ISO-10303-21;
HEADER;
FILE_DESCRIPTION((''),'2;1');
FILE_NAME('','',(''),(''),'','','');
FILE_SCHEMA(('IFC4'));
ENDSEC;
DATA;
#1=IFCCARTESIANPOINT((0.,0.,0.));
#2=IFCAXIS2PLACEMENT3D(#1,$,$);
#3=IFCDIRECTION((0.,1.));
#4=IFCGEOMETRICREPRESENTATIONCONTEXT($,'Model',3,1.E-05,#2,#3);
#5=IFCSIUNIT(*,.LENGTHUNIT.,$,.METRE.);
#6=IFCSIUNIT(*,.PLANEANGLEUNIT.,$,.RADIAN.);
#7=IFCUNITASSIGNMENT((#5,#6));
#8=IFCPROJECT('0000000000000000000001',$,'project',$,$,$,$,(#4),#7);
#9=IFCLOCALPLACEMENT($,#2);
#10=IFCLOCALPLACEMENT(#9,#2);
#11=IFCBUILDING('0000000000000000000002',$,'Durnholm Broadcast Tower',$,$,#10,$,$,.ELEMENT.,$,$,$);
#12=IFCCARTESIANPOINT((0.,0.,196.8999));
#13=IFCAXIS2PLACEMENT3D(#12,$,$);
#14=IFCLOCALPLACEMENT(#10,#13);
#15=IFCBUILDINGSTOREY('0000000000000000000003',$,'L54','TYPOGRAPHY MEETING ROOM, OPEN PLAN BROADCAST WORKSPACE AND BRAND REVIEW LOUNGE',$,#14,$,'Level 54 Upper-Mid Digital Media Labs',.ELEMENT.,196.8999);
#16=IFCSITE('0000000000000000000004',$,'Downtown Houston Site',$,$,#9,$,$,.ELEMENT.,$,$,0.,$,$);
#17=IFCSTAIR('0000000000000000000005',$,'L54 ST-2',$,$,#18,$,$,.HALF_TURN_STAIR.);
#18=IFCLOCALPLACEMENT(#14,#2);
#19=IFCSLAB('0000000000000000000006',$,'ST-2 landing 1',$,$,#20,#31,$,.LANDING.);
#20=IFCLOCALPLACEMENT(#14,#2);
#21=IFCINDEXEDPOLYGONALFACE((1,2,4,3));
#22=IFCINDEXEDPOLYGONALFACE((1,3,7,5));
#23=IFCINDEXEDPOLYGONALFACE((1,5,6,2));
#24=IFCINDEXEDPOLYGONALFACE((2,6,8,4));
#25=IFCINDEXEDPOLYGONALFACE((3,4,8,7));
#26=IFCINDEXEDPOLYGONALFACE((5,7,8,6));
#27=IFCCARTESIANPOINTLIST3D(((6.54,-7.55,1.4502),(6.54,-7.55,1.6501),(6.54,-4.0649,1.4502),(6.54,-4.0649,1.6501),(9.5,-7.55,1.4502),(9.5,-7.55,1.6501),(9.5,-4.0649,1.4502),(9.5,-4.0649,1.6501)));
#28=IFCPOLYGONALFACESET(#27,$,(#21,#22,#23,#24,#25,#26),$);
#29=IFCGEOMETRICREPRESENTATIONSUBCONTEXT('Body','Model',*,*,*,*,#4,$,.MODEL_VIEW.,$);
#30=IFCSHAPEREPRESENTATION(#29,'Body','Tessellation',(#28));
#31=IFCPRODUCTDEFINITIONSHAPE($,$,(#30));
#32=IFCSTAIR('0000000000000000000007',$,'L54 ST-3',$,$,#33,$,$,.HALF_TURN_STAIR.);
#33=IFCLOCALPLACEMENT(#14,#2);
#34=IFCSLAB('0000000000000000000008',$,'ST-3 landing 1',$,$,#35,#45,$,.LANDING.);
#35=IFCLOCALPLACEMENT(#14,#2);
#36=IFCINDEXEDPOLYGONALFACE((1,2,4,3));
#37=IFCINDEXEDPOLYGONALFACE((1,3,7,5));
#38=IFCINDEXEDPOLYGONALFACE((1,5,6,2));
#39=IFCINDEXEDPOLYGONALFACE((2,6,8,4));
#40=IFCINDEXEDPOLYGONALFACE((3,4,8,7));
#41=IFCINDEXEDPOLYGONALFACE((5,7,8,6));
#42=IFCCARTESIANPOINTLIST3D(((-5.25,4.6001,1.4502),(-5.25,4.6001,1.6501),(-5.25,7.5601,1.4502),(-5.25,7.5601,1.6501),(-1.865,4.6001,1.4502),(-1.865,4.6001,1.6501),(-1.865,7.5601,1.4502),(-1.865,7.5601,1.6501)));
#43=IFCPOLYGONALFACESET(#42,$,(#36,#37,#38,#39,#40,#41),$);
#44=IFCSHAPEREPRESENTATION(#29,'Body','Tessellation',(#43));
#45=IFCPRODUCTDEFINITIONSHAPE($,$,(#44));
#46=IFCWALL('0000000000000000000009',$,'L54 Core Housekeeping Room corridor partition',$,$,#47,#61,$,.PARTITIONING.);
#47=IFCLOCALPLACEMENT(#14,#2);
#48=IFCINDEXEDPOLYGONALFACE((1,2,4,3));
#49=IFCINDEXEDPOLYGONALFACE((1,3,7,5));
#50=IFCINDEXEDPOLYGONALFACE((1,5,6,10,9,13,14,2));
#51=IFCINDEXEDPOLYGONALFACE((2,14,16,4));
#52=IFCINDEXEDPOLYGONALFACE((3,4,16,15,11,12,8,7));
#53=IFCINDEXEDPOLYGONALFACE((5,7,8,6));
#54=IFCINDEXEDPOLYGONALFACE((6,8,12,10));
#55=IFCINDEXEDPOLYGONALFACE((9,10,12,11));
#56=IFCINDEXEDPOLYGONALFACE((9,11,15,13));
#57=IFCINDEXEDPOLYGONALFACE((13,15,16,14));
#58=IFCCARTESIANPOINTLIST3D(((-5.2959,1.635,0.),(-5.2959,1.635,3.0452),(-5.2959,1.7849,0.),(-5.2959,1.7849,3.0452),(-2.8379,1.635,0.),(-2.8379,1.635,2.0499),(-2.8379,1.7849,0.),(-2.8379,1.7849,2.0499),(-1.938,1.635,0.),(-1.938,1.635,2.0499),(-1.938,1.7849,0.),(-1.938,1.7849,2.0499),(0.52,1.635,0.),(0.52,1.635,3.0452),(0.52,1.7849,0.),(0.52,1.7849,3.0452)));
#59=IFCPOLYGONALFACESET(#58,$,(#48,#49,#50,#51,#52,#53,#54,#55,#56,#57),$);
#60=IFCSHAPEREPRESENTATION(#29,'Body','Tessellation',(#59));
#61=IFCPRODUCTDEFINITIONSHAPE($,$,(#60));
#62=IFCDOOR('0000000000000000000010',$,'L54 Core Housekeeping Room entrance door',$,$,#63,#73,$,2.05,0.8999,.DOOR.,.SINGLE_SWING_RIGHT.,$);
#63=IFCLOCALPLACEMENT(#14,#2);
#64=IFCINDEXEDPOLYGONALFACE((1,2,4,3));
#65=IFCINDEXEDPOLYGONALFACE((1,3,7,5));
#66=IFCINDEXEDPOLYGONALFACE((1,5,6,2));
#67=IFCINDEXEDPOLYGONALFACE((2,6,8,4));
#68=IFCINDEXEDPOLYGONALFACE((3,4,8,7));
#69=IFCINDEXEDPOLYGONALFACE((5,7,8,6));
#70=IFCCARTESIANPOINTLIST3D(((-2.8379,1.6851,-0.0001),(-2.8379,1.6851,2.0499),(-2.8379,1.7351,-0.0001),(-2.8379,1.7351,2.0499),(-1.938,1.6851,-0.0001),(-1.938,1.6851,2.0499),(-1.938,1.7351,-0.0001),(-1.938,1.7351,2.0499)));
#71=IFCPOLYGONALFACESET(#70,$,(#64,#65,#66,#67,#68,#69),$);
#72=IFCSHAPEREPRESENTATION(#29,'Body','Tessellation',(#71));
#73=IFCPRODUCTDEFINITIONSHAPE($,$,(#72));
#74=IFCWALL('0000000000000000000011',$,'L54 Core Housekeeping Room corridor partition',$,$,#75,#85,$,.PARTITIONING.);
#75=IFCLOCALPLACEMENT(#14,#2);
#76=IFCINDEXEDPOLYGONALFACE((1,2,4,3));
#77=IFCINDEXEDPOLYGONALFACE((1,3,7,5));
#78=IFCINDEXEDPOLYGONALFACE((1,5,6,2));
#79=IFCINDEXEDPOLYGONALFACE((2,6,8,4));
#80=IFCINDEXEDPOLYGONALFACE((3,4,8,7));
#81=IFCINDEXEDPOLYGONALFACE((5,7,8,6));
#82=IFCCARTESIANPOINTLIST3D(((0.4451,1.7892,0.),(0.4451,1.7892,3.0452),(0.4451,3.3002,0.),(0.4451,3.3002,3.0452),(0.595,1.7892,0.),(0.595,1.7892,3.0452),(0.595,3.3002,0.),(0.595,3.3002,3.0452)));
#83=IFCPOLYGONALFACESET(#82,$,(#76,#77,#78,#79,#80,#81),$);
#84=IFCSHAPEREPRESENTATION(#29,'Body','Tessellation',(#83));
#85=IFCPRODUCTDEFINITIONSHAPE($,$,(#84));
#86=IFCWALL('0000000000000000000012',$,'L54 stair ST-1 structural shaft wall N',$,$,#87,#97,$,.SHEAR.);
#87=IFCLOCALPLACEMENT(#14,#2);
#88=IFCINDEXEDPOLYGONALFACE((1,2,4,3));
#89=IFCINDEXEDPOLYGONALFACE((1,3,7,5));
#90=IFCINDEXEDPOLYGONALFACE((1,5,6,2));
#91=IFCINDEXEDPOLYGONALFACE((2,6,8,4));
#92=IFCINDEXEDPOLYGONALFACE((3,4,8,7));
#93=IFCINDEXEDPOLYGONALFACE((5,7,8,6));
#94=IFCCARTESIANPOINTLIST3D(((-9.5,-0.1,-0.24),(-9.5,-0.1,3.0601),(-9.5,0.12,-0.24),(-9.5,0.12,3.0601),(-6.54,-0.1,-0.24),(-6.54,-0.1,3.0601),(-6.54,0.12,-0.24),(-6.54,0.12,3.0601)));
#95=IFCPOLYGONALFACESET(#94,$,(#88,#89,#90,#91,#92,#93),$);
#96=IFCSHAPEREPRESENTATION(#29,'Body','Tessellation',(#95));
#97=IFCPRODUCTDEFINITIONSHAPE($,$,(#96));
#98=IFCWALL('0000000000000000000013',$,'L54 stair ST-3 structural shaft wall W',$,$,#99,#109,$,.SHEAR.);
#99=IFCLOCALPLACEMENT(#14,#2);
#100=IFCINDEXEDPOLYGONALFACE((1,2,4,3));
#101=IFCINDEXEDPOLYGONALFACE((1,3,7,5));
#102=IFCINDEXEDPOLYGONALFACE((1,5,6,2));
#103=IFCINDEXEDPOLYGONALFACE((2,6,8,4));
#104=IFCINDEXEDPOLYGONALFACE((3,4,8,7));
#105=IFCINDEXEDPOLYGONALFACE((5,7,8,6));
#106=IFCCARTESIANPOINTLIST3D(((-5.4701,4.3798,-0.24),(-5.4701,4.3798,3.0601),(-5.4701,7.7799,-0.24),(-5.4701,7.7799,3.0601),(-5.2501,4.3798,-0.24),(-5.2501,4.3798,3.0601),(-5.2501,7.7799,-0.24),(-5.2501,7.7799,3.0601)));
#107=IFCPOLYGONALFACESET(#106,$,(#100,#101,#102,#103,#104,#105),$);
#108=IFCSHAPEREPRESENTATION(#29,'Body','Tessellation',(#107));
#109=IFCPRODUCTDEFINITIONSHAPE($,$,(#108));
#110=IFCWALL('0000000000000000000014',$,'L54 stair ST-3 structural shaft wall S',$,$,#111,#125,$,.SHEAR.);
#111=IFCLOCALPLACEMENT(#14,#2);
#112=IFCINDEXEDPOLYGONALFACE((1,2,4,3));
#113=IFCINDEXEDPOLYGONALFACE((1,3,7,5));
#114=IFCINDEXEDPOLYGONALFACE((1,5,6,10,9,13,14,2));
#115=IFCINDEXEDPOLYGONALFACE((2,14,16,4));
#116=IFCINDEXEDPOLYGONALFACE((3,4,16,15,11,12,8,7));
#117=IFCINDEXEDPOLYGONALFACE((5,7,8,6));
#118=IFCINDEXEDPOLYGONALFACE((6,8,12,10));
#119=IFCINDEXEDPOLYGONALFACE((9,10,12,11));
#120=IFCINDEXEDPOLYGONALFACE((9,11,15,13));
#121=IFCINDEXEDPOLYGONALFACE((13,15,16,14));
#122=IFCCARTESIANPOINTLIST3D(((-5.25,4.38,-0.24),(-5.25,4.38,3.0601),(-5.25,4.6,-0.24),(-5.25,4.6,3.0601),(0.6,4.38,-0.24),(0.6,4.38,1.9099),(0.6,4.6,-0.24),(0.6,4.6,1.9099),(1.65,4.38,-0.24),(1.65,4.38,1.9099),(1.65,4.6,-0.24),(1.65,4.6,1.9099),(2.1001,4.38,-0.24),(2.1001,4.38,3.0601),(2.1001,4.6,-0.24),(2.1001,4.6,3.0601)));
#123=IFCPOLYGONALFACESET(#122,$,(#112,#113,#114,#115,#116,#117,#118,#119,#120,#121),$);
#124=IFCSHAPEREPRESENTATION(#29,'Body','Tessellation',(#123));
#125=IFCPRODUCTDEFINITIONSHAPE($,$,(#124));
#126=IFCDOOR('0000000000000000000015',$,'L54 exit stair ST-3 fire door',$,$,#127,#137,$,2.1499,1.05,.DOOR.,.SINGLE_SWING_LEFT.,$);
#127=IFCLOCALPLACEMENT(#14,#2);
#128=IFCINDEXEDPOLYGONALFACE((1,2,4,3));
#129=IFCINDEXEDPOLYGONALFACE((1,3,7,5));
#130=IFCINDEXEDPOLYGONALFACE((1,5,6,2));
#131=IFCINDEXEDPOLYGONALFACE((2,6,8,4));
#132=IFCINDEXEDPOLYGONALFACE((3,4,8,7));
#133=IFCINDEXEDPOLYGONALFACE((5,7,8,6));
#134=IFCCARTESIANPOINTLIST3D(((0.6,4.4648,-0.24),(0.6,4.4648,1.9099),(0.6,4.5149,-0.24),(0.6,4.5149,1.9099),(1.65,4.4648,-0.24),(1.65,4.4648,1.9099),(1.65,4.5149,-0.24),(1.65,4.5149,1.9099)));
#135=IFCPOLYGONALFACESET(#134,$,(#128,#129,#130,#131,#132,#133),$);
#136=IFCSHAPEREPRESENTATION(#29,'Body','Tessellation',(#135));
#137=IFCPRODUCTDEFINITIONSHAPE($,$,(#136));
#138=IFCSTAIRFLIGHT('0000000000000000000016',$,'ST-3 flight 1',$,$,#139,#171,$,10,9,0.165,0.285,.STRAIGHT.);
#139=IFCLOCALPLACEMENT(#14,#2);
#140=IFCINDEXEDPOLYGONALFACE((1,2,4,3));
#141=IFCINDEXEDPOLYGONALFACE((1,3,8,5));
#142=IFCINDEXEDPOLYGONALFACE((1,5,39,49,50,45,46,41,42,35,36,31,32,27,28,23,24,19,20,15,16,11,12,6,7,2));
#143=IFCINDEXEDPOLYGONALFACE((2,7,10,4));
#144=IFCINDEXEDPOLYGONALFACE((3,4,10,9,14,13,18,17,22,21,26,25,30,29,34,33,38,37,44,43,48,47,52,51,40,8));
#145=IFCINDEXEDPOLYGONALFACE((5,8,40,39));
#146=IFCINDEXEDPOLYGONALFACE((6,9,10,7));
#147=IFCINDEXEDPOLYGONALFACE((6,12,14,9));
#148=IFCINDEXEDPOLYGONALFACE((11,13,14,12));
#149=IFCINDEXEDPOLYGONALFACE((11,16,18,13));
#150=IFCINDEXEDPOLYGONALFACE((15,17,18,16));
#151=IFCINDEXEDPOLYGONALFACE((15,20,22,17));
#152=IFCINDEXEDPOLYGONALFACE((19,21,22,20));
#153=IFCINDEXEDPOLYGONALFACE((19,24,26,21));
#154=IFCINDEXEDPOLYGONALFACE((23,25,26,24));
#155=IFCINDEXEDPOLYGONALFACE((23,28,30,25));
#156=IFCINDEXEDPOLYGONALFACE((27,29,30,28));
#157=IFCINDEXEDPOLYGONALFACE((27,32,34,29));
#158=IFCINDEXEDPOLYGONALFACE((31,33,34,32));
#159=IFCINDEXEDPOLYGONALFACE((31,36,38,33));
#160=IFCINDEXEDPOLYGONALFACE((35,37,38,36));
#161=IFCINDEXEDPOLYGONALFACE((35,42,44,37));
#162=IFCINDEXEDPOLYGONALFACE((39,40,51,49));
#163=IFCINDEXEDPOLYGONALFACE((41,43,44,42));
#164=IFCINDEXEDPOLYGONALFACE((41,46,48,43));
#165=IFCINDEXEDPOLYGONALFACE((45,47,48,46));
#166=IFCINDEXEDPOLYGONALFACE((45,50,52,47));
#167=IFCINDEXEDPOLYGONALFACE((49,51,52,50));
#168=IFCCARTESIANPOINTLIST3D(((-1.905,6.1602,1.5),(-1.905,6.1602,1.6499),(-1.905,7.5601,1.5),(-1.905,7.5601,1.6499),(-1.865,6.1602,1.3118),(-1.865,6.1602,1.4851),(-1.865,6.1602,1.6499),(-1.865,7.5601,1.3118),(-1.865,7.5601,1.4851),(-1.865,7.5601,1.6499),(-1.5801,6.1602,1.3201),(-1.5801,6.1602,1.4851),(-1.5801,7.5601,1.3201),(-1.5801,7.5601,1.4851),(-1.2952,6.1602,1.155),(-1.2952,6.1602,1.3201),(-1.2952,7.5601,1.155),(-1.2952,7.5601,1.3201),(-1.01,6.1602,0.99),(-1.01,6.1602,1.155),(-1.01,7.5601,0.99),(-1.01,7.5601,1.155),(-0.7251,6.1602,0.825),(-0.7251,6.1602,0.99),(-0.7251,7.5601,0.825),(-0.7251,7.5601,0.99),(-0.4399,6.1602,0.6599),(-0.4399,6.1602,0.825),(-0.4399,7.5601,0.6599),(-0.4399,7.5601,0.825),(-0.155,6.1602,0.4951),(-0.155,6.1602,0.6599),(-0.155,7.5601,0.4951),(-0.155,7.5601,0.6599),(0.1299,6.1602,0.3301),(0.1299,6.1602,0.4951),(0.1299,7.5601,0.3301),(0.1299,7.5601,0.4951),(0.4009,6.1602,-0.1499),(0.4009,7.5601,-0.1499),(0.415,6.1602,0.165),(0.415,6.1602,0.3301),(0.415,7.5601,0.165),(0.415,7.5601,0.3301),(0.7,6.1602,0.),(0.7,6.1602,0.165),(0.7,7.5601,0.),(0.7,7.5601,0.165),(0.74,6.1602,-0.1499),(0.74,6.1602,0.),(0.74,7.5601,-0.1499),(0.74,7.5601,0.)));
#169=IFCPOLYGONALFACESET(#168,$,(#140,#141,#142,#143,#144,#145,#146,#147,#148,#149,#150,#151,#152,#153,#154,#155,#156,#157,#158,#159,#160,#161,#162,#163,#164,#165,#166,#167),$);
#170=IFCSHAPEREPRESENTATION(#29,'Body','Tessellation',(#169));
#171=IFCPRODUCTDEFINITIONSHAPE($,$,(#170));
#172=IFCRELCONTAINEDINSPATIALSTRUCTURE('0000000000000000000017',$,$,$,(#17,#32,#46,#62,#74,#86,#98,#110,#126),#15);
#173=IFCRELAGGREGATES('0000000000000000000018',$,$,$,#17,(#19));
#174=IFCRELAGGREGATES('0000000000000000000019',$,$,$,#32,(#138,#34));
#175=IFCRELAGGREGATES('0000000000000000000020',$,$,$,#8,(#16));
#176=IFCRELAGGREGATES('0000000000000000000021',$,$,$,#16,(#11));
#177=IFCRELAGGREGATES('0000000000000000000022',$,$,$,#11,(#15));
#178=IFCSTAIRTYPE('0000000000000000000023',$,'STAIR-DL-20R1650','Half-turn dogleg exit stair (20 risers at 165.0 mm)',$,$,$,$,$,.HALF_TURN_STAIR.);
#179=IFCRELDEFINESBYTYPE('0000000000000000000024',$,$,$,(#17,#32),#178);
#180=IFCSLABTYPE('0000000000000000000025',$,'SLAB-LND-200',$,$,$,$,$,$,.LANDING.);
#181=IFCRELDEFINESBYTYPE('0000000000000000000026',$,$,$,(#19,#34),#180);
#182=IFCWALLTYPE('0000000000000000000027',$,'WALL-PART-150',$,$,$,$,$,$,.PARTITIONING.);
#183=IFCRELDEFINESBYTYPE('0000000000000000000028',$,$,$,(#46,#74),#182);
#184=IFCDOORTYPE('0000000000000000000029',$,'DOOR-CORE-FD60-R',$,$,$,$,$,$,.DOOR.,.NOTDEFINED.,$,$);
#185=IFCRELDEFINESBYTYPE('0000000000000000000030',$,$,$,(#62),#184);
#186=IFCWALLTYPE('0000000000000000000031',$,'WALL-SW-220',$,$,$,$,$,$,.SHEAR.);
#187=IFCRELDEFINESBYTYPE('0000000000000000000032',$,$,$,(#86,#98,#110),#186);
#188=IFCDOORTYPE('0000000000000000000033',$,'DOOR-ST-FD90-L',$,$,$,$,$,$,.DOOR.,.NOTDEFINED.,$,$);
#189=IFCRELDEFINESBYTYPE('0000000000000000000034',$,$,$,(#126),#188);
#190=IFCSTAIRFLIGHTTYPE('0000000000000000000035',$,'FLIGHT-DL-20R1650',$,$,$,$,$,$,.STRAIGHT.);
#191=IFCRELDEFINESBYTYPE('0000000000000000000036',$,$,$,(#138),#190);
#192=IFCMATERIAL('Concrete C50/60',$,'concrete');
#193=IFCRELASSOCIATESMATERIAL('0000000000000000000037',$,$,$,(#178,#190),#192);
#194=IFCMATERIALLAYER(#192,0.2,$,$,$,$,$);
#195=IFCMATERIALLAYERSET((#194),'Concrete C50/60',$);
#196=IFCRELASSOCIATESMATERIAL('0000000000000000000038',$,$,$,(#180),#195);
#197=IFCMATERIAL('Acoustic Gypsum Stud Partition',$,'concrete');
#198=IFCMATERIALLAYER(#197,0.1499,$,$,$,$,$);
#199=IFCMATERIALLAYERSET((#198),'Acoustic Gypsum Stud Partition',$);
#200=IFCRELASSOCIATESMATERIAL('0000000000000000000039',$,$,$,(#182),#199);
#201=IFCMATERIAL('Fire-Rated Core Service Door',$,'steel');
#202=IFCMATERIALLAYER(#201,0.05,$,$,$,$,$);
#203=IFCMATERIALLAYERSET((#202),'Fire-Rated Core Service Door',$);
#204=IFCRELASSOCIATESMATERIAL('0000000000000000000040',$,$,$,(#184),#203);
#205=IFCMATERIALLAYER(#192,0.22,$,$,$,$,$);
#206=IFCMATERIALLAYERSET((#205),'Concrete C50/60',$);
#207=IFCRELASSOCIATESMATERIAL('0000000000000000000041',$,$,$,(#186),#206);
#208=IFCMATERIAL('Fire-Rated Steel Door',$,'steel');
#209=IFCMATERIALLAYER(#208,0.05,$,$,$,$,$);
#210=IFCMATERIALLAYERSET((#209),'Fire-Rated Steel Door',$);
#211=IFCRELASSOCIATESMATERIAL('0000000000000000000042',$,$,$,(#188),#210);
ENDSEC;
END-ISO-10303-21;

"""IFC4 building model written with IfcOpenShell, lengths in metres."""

from ifc_helpers import new_model, si_unit, direction, frame, frame_2d, origin, place, context, subcontext, project, spatial, polyline, rectangle, outline, extrude, source, transform, mapped, material, layer, layer_set, type_object, type_shapes, element, fill, aggregate, save


model = new_model("IFC4")

# Units and contexts
model_context = context("Model", 3, precision=1e-05, world=origin(), true_north=direction((0.0, 1.0)))
body_context = subcontext(model_context, "Body", "Model", "MODEL_VIEW")
ifc_project = project(units=[si_unit("LENGTHUNIT", "METRE"), si_unit("PLANEANGLEUNIT", "RADIAN")], contexts=[model_context])

# Site, building, storey
site_placement = place(None, origin())
site = spatial("IfcSite", under=ifc_project, at=site_placement, Name="Downtown Houston Site", CompositionType="ELEMENT", RefElevation=0.0)
building_placement = place(site_placement, origin())
building = spatial("IfcBuilding", under=site, at=building_placement, Name="Durnholm Broadcast Tower", CompositionType="ELEMENT")
storey_placement = place(building_placement, frame((0.0, 0.0, 196.8999)))
storey = spatial("IfcBuildingStorey", under=building, at=storey_placement, Name="L54", Description="TYPOGRAPHY MEETING ROOM, OPEN PLAN BROADCAST WORKSPACE AND BRAND REVIEW LOUNGE", LongName="Level 54 Upper-Mid Digital Media Labs", CompositionType="ELEMENT", Elevation=196.8999)

# Stairs, slabs
ifc_material_1 = material(Name="Concrete C50/60", Category="concrete")
stair_type = type_object("IfcStairType", Name="STAIR-DL-20R1650", Description="Half-turn dogleg exit stair (20 risers at 165.0 mm)", PredefinedType="HALF_TURN_STAIR", material=ifc_material_1)
stair_1_placement = place(storey_placement, origin())
stair_1 = element("IfcStair", 1, at=stair_1_placement, inside=storey, type_object=stair_type, Name="L54 ST-2", PredefinedType="HALF_TURN_STAIR")
ifc_layer_1 = layer(ifc_material_1, 0.2)
ifc_layer_set_1 = layer_set([ifc_layer_1], Name="Concrete C50/60")
slab_type = type_object("IfcSlabType", Name="SLAB-LND-200", PredefinedType="LANDING", material=ifc_layer_set_1)
slab_1_placement = place(storey_placement, frame((0.0, 0.0, 1.4502)))
slab_1 = element("IfcSlab", 2, at=slab_1_placement, type_object=slab_type, Name="ST-2 landing 1", PredefinedType="LANDING", context=body_context, shape_type="SweptSolid", body=[
    extrude(outline(polyline([(6.54, -4.0649), (6.54, -7.55), (9.5, -7.55), (9.5, -4.0649), (6.54, -4.0649)])), origin(), (0.0, 0.0, 1.0), 0.2),
])
aggregate(stair_1, [slab_1])
stair_2_placement = place(storey_placement, origin())
stair_2 = element("IfcStair", 3, at=stair_2_placement, inside=storey, type_object=stair_type, Name="L54 ST-3", PredefinedType="HALF_TURN_STAIR")
slab_2_placement = place(storey_placement, frame((0.0, 0.0, 1.4502)))
slab_2 = element("IfcSlab", 4, at=slab_2_placement, type_object=slab_type, Name="ST-3 landing 1", PredefinedType="LANDING", context=body_context, shape_type="SweptSolid", body=[
    extrude(outline(polyline([(-1.865, 7.5601), (-5.25, 7.5601), (-5.25, 4.6001), (-1.865, 4.6001), (-1.865, 7.5601)])), origin(), (0.0, 0.0, 1.0), 0.2),
])

# Wall, opening, door
ifc_material_2 = material(Name="Acoustic Gypsum Stud Partition", Category="concrete")
ifc_layer_2 = layer(ifc_material_2, 0.1499)
ifc_layer_set_2 = layer_set([ifc_layer_2], Name="Acoustic Gypsum Stud Partition")
wall_type_1 = type_object("IfcWallType", Name="WALL-PART-150", PredefinedType="PARTITIONING", material=ifc_layer_set_2)
wall_1_placement = place(storey_placement, frame((0.52, 1.71, 0.0), z_axis=(0.0, 0.0, 1.0), x_axis=(-1.0, 0.0, 0.0)))
wall_1 = element("IfcWall", 5, at=wall_1_placement, inside=storey, type_object=wall_type_1, Name="L54 Core Housekeeping Room corridor partition", PredefinedType="PARTITIONING", context=body_context, shape_type="SweptSolid", body=[
    extrude(rectangle(XDim=5.8159, YDim=0.1499, at=frame_2d((2.908, 0.0))), origin(), (0.0, 0.0, 1.0), 3.0452),
])
opening_1_placement = place(wall_1_placement, frame((2.458, 0.0, 0.0)))
opening_1 = element("IfcOpeningElement", 6, at=opening_1_placement, cuts=wall_1, PredefinedType="OPENING", context=body_context, shape_type="SweptSolid", body=[
    extrude(rectangle(XDim=0.8999, YDim=2.05, at=frame_2d((0.45, 1.0249))), frame((0.0, 0.085, 0.0), z_axis=(0.0, -1.0, 0.0), x_axis=(1.0, 0.0, 0.0)), (0.0, 0.0, 1.0), 0.1699),
])
ifc_material_3 = material(Name="Fire-Rated Core Service Door", Category="steel")
ifc_layer_3 = layer(ifc_material_3, 0.05)
ifc_layer_set_3 = layer_set([ifc_layer_3], Name="Fire-Rated Core Service Door")
door_type_1 = type_object("IfcDoorType", Name="DOOR-CORE-FD60-R", OperationType="NOTDEFINED", PredefinedType="DOOR", material=ifc_layer_set_3)
shared_shape_1 = source(origin(), body_context, "Body", "SweptSolid", [
    extrude(rectangle(XDim=0.8999, YDim=2.05, at=frame_2d((0.45, 1.0249))), frame((0.0, 0.0249, 0.0), z_axis=(0.0, -1.0, 0.0), x_axis=(1.0, 0.0, 0.0)), (0.0, 0.0, 1.0), 0.05),
])
type_shapes(door_type_1, [shared_shape_1])
door_1_placement = place(opening_1_placement, origin())
door_1 = element("IfcDoor", 7, at=door_1_placement, inside=storey, type_object=door_type_1, Name="L54 Core Housekeeping Room entrance door", OperationType="SINGLE_SWING_RIGHT", OverallHeight=2.05, OverallWidth=0.8999, PredefinedType="DOOR", context=body_context, shape_type="MappedRepresentation", body=[
    mapped(shared_shape_1, transform((0.0, 0.0, 0.0), x_axis=(1.0, 0.0, 0.0), y_axis=(0.0, 1.0, 0.0), z_axis=(0.0, 0.0, 1.0), scale=1.0)),
])
fill(opening_1, door_1)

# Walls
wall_2_placement = place(storey_placement, frame((0.52, 3.3, 0.0), z_axis=(0.0, 0.0, 1.0), x_axis=(0.0, -1.0, 0.0)))
element("IfcWall", 8, at=wall_2_placement, inside=storey, type_object=wall_type_1, Name="L54 Core Housekeeping Room corridor partition", PredefinedType="PARTITIONING", context=body_context, shape_type="SweptSolid", body=[
    extrude(rectangle(XDim=1.511, YDim=0.1499, at=frame_2d((0.7554, 0.0))), origin(), (0.0, 0.0, 1.0), 3.0452),
])
ifc_layer_4 = layer(ifc_material_1, 0.22)
ifc_layer_set_4 = layer_set([ifc_layer_4], Name="Concrete C50/60")
wall_type_2 = type_object("IfcWallType", Name="WALL-SW-220", PredefinedType="SHEAR", material=ifc_layer_set_4)
wall_3_placement = place(storey_placement, frame((-6.54, 0.01, -0.24), z_axis=(0.0, 0.0, 1.0), x_axis=(-1.0, 0.0, 0.0)))
element("IfcWall", 9, at=wall_3_placement, inside=storey, type_object=wall_type_2, Name="L54 stair ST-1 structural shaft wall N", PredefinedType="SHEAR", context=body_context, shape_type="SweptSolid", body=[
    extrude(rectangle(XDim=2.96, YDim=0.22, at=frame_2d((1.48, 0.0))), origin(), (0.0, 0.0, 1.0), 3.3),
])
wall_4_placement = place(storey_placement, frame((-5.3601, 7.78, -0.24), z_axis=(0.0, 0.0, 1.0), x_axis=(0.0, -1.0, 0.0)))
element("IfcWall", 10, at=wall_4_placement, inside=storey, type_object=wall_type_2, Name="L54 stair ST-3 structural shaft wall W", PredefinedType="SHEAR", context=body_context, shape_type="SweptSolid", body=[
    extrude(rectangle(XDim=3.4001, YDim=0.22, at=frame_2d((1.7002, 0.0))), origin(), (0.0, 0.0, 1.0), 3.3),
])

# Wall, opening, door
wall_5_placement = place(storey_placement, frame((-5.25, 4.49, -0.24), z_axis=(0.0, 0.0, 1.0), x_axis=(1.0, 0.0, 0.0)))
wall_5 = element("IfcWall", 11, at=wall_5_placement, inside=storey, type_object=wall_type_2, Name="L54 stair ST-3 structural shaft wall S", PredefinedType="SHEAR", context=body_context, shape_type="SweptSolid", body=[
    extrude(rectangle(XDim=7.3501, YDim=0.22, at=frame_2d((3.675, 0.0))), origin(), (0.0, 0.0, 1.0), 3.3),
])
opening_2_placement = place(wall_5_placement, frame((5.8501, 0.0, 0.0)))
opening_2 = element("IfcOpeningElement", 12, at=opening_2_placement, cuts=wall_5, PredefinedType="OPENING", context=body_context, shape_type="SweptSolid", body=[
    extrude(rectangle(XDim=1.05, YDim=2.1499, at=frame_2d((0.5249, 1.075))), frame((0.0, 0.1201, 0.0), z_axis=(0.0, -1.0, 0.0), x_axis=(1.0, 0.0, 0.0)), (0.0, 0.0, 1.0), 0.24),
])
ifc_material_4 = material(Name="Fire-Rated Steel Door", Category="steel")
ifc_layer_5 = layer(ifc_material_4, 0.05)
ifc_layer_set_5 = layer_set([ifc_layer_5], Name="Fire-Rated Steel Door")
door_type_2 = type_object("IfcDoorType", Name="DOOR-ST-FD90-L", OperationType="NOTDEFINED", PredefinedType="DOOR", material=ifc_layer_set_5)
shared_shape_2 = source(origin(), body_context, "Body", "SweptSolid", [
    extrude(rectangle(XDim=1.05, YDim=2.1499, at=frame_2d((0.5249, 1.075))), frame((0.0, 0.0249, 0.0), z_axis=(0.0, -1.0, 0.0), x_axis=(1.0, 0.0, 0.0)), (0.0, 0.0, 1.0), 0.05),
])
type_shapes(door_type_2, [shared_shape_2])
door_2_placement = place(opening_2_placement, origin())
door_2 = element("IfcDoor", 13, at=door_2_placement, inside=storey, type_object=door_type_2, Name="L54 exit stair ST-3 fire door", OperationType="SINGLE_SWING_LEFT", OverallHeight=2.1499, OverallWidth=1.05, PredefinedType="DOOR", context=body_context, shape_type="MappedRepresentation", body=[
    mapped(shared_shape_2, transform((0.0, 0.0, 0.0), x_axis=(1.0, 0.0, 0.0), y_axis=(0.0, 1.0, 0.0), z_axis=(0.0, 0.0, 1.0), scale=1.0)),
])
fill(opening_2, door_2)

# Stair flight
stair_flight_type = type_object("IfcStairFlightType", Name="FLIGHT-DL-20R1650", PredefinedType="STRAIGHT", material=ifc_material_1)
stair_flight_1_placement = place(storey_placement, frame((0.7, 6.8601, 0.0), z_axis=(0.0, 0.0, 1.0), x_axis=(-1.0, 0.0, 0.0)))
stair_flight_1 = element("IfcStairFlight", 14, at=stair_flight_1_placement, type_object=stair_flight_type, Name="ST-3 flight 1", NumberOfRisers=10, NumberOfTreads=9, PredefinedType="STRAIGHT", RiserHeight=0.165, TreadLength=0.285, context=body_context, shape_type="SweptSolid", body=[
    extrude(outline(polyline([(-0.04, -0.1499), (-0.04, 0.0), (0.0, 0.0), (0.0, 0.165), (0.2849, 0.165), (0.2849, 0.3301), (0.5701, 0.3301), (0.5701, 0.4951), (0.855, 0.4951), (0.855, 0.6599), (1.1399, 0.6599), (1.1399, 0.825), (1.425, 0.825), (1.425, 0.99), (1.71, 0.99), (1.71, 1.155), (1.9951, 1.155), (1.9951, 1.3201), (2.28, 1.3201), (2.28, 1.4851), (2.5649, 1.4851), (2.5649, 1.6499), (2.605, 1.6499), (2.605, 1.5), (2.5649, 1.3118), (0.2991, -0.1499), (-0.04, -0.1499)])), frame((0.0, 0.7, 0.0), z_axis=(0.0, -1.0, 0.0), x_axis=(1.0, 0.0, 0.0)), (0.0, 0.0, 1.0), 1.3999),
])
aggregate(stair_2, [stair_flight_1, slab_2])

save(model, "model.ifc")
